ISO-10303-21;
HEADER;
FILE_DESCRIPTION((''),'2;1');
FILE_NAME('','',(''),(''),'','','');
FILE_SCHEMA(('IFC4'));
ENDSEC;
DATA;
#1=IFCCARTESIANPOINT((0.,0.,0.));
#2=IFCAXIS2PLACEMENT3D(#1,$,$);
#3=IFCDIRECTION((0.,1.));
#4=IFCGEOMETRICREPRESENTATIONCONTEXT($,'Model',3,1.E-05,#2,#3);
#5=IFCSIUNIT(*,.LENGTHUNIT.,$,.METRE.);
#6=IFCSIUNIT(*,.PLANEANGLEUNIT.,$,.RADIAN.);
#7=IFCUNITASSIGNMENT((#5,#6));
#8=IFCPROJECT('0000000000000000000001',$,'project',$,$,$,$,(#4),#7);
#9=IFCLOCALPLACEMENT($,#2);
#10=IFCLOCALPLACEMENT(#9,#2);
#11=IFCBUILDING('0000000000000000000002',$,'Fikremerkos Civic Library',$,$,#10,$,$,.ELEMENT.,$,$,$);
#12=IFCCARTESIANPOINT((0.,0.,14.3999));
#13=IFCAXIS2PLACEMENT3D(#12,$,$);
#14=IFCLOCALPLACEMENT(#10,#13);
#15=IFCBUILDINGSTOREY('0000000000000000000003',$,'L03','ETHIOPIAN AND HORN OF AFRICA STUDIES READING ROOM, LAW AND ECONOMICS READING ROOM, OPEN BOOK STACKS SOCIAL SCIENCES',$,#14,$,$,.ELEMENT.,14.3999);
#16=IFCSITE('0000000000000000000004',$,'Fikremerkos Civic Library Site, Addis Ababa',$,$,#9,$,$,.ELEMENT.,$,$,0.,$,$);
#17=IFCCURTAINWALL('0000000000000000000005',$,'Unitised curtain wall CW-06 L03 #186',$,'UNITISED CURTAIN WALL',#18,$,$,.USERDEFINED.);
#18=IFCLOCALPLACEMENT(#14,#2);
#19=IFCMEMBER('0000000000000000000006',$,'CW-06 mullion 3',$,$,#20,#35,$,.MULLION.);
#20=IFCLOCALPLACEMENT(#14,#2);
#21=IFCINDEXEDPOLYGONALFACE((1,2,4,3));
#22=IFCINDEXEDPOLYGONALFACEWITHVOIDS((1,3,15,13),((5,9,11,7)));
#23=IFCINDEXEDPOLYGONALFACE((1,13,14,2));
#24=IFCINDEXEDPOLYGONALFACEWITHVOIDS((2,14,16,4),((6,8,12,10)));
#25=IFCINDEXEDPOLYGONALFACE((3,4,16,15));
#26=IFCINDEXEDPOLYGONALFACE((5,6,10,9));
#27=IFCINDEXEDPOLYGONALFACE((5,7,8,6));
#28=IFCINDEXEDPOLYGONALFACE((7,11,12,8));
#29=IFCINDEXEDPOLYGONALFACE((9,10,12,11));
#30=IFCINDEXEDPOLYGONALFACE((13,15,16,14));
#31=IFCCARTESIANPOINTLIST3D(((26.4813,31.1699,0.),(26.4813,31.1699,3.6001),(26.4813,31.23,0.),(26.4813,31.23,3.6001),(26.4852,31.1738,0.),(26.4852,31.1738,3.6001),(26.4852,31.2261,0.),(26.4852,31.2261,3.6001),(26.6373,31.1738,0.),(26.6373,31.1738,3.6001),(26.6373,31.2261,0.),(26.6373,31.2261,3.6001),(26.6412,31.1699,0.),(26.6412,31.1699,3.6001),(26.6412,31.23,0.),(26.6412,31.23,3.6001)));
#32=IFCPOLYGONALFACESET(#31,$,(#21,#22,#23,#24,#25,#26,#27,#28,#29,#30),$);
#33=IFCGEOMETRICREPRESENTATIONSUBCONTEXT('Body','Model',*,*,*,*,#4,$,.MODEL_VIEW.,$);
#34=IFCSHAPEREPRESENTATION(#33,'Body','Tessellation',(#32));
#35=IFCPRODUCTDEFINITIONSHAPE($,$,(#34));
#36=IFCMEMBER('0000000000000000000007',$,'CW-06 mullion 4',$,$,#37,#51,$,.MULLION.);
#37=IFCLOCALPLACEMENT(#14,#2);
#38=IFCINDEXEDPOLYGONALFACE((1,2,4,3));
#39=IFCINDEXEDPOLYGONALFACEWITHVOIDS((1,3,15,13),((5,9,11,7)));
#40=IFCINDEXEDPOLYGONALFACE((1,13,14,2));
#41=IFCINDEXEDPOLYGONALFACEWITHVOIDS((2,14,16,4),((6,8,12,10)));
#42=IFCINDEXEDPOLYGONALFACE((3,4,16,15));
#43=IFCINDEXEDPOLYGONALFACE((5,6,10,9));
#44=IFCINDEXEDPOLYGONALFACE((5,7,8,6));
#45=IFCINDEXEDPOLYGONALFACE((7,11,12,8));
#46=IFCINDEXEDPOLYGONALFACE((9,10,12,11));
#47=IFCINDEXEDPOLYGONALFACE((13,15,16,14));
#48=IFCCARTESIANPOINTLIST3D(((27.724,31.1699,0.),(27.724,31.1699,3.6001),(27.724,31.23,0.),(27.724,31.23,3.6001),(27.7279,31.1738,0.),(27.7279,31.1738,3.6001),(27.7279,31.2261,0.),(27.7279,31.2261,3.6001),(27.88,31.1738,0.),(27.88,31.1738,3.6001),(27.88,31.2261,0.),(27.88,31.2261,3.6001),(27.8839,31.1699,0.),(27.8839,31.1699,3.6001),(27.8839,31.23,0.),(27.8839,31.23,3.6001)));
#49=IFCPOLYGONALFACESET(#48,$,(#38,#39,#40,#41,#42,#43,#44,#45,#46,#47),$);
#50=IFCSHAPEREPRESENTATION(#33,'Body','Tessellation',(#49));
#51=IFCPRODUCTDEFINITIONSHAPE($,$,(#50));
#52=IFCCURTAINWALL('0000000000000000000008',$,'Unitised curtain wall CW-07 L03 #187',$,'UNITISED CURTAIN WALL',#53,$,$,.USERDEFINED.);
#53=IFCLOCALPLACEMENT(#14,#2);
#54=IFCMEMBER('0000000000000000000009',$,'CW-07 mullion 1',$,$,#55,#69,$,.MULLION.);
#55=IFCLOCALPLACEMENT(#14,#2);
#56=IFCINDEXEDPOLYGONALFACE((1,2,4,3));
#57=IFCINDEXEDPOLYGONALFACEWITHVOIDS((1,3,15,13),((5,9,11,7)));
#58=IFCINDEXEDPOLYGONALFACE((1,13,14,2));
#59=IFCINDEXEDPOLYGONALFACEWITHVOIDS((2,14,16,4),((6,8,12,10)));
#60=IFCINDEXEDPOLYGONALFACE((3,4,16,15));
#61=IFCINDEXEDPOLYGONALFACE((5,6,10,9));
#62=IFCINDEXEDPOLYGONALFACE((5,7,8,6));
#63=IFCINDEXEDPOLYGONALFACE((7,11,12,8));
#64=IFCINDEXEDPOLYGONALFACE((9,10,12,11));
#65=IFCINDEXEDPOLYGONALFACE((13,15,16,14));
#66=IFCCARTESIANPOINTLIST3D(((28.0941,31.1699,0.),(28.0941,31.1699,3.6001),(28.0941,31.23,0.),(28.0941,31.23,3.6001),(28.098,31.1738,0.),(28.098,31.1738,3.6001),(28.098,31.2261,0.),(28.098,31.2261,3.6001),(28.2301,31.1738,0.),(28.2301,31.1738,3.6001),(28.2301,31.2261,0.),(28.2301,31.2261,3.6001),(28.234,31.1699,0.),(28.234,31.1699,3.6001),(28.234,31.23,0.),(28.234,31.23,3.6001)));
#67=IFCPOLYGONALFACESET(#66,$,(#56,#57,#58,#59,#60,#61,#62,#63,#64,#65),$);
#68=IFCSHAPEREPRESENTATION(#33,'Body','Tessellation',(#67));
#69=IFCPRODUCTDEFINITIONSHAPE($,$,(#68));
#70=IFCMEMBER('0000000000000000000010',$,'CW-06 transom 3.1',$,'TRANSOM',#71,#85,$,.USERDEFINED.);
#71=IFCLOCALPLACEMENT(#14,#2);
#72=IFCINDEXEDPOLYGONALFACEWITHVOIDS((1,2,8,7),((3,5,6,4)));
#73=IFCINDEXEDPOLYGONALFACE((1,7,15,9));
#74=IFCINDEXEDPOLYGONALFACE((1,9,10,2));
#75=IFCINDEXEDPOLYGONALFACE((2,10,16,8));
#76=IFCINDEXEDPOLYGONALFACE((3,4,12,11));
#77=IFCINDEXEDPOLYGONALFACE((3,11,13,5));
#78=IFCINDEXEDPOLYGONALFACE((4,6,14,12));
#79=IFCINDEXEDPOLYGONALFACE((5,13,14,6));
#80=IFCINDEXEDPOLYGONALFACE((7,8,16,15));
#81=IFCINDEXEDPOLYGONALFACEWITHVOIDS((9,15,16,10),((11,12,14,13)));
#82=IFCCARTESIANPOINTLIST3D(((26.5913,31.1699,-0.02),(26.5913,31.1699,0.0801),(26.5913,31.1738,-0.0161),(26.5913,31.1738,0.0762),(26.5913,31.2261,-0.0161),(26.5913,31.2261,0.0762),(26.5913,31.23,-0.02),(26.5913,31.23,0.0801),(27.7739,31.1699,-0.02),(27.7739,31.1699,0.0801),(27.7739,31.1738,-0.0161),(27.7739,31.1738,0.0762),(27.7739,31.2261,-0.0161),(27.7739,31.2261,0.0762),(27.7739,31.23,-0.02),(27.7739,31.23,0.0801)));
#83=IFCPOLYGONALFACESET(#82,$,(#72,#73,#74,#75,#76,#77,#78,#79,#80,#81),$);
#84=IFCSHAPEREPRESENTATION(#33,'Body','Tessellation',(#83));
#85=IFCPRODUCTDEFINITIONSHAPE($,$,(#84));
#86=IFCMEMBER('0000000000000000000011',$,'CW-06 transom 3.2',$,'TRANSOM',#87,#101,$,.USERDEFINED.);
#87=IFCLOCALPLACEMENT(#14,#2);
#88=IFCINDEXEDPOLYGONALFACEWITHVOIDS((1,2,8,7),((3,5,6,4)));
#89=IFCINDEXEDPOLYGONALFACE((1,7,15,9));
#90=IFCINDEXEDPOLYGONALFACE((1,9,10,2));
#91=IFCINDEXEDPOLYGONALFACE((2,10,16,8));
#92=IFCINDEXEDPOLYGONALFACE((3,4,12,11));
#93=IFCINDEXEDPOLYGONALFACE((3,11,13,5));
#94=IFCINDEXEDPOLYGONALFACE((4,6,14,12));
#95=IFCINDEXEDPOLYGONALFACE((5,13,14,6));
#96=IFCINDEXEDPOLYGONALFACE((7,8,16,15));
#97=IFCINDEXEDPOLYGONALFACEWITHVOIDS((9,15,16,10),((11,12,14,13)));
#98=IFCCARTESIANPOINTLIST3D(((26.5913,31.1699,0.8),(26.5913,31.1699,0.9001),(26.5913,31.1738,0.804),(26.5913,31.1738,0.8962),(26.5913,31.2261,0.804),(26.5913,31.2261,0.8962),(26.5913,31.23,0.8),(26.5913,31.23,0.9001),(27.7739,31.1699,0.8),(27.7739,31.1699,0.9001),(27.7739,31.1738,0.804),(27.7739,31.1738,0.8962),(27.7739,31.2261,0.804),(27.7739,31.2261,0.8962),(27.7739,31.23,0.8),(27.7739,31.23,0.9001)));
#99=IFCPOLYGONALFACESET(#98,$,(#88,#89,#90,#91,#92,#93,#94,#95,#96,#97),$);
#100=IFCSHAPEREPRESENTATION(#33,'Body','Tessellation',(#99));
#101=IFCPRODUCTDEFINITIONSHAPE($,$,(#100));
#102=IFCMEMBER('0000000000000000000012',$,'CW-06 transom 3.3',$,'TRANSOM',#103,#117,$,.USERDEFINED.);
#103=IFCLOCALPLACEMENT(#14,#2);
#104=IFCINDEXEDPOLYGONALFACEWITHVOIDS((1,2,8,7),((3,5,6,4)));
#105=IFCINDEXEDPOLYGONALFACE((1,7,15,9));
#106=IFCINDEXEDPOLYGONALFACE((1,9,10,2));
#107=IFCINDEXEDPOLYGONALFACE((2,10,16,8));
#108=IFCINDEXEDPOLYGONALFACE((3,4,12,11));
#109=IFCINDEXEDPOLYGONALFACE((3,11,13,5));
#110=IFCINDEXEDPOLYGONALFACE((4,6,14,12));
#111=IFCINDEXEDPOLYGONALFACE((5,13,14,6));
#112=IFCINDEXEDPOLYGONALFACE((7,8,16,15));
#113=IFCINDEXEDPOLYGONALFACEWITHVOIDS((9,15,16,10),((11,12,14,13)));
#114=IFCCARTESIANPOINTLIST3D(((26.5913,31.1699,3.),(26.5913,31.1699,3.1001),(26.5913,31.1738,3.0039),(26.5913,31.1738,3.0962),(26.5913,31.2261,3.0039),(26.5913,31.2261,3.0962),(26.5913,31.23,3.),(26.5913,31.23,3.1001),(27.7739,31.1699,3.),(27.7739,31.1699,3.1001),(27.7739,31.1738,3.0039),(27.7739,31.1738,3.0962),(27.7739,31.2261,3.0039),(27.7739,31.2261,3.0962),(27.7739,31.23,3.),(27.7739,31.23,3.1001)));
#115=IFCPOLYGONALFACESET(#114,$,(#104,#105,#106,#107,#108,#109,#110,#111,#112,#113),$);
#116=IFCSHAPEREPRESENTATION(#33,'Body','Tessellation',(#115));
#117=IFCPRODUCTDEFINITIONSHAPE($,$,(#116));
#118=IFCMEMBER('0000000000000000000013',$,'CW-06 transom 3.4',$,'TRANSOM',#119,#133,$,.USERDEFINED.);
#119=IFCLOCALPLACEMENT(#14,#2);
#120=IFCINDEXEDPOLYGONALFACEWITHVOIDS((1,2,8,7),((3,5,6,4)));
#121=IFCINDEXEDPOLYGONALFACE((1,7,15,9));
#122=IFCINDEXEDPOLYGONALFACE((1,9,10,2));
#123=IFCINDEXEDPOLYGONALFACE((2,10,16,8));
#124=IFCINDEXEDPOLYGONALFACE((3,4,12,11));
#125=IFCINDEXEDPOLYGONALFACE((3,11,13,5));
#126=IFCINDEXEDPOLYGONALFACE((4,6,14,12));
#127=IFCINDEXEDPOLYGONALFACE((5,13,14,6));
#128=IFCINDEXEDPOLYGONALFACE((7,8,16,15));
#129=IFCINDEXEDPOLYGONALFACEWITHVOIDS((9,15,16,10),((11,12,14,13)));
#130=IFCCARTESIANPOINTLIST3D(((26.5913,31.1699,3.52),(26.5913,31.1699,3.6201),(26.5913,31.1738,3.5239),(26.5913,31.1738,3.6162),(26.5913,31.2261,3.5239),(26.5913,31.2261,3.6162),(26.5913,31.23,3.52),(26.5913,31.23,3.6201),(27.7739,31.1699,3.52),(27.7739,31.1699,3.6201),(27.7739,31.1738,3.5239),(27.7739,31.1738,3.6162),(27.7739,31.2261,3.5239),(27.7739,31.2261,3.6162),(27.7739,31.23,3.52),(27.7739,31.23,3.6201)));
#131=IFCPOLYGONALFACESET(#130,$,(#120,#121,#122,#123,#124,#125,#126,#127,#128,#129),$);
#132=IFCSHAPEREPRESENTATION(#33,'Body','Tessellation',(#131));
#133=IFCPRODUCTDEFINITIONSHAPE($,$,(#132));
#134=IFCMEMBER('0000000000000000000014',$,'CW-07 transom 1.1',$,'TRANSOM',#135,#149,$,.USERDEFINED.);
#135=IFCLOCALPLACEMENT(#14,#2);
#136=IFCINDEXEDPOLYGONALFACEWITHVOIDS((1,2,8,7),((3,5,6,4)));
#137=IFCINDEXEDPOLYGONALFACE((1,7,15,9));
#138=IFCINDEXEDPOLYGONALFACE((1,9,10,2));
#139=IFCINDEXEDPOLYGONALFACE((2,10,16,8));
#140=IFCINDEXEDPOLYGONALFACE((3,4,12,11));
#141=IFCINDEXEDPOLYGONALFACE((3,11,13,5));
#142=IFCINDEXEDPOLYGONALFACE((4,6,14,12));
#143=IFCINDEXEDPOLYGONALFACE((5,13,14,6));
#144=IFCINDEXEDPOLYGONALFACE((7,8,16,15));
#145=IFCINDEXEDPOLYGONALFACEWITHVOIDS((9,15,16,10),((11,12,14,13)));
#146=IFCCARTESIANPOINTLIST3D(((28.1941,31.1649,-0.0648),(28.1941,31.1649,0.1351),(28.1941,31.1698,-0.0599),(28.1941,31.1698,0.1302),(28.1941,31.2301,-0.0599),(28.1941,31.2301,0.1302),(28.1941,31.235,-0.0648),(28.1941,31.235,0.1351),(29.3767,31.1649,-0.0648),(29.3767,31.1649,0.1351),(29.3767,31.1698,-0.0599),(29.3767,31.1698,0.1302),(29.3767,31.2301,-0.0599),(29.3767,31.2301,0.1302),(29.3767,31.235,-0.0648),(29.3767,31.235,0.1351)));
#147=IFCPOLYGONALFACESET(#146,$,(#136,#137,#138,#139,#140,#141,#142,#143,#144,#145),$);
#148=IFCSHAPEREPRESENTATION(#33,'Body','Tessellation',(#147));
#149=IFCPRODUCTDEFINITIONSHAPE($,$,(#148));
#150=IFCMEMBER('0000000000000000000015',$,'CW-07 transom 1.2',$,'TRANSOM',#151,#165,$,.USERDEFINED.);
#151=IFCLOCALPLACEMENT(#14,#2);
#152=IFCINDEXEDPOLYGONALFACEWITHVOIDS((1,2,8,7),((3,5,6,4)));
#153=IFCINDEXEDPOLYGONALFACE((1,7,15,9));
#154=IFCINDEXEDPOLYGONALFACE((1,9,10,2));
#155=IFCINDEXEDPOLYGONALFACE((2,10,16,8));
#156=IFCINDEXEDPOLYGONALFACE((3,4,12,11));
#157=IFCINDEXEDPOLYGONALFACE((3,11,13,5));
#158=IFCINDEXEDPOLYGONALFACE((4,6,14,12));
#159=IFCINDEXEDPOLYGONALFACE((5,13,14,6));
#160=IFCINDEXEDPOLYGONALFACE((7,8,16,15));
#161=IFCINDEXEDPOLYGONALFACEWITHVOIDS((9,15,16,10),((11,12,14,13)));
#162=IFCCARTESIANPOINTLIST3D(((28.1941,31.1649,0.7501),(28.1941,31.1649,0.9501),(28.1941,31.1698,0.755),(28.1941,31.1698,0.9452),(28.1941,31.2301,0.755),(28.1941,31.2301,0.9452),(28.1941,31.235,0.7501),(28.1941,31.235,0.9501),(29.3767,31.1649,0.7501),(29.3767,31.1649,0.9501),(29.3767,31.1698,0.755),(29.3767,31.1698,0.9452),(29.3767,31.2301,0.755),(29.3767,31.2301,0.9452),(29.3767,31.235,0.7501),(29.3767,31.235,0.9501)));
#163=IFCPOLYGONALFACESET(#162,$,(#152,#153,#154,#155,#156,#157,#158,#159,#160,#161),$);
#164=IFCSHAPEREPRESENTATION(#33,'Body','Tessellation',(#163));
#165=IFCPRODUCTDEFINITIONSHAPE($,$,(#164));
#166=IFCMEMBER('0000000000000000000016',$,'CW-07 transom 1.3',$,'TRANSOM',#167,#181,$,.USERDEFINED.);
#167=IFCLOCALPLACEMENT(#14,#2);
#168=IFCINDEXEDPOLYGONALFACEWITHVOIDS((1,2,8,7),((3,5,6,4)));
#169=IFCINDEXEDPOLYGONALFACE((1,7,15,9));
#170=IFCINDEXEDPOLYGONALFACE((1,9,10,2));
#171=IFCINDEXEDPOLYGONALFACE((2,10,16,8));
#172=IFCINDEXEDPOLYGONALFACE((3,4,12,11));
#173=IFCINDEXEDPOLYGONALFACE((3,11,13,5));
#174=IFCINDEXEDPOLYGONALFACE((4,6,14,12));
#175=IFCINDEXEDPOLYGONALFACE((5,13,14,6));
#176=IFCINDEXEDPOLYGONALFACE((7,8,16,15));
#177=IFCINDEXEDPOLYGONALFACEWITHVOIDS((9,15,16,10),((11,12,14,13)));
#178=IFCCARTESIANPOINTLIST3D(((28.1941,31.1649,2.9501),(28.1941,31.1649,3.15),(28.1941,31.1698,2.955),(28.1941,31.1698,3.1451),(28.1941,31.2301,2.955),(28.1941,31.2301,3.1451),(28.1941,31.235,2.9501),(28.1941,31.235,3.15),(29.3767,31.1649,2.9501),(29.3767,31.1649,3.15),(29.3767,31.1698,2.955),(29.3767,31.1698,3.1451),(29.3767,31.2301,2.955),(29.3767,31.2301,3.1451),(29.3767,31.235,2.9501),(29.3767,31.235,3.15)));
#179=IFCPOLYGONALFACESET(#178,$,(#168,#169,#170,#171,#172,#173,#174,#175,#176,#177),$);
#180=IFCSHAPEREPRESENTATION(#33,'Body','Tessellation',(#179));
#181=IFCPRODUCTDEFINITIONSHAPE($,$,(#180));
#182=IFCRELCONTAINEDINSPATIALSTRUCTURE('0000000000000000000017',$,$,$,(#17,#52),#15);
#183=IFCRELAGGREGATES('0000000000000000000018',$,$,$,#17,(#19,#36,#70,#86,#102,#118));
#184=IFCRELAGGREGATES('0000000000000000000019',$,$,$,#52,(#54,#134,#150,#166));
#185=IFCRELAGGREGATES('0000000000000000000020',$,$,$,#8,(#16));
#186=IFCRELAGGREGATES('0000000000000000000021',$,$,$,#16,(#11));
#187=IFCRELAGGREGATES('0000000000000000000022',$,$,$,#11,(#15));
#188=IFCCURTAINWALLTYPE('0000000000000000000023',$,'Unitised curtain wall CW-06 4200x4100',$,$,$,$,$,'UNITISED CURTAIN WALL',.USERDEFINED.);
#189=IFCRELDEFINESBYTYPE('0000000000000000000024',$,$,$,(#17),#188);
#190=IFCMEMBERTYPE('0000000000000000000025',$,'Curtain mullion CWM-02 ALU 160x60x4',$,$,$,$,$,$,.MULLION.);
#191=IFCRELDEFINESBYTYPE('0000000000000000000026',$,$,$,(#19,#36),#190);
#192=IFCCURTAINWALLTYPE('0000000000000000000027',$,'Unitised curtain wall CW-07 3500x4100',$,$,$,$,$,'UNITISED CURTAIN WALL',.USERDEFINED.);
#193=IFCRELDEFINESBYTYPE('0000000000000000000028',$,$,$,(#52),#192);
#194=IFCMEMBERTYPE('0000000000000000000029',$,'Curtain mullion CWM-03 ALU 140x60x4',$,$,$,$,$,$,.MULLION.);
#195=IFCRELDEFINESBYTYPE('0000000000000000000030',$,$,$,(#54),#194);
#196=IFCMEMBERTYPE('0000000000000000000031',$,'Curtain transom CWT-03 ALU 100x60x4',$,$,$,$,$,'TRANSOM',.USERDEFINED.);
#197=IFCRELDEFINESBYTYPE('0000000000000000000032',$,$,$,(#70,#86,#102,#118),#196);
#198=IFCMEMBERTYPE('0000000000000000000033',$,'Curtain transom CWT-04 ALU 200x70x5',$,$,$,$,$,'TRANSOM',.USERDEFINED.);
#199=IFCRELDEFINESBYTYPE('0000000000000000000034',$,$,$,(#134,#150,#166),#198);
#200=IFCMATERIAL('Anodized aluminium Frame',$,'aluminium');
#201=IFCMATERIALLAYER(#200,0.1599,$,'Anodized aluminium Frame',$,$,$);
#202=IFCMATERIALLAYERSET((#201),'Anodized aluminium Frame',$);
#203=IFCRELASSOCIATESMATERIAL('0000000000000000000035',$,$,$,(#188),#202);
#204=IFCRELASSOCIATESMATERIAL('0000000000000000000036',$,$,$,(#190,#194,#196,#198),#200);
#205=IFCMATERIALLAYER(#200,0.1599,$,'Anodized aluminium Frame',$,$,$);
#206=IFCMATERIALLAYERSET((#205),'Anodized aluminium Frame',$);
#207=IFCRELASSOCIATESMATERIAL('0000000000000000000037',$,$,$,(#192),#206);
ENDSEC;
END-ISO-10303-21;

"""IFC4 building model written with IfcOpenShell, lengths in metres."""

from ifc_helpers import new_model, si_unit, direction, frame, origin, origin_2d, place, context, subcontext, project, spatial, hollow_rectangle, extrude, material, layer, layer_set, material_profile, profile_set, type_object, element, aggregate, save


model = new_model("IFC4")

# Units and contexts
model_context = context("Model", 3, precision=1e-05, world=origin(), true_north=direction((0.0, 1.0)))
body_context = subcontext(model_context, "Body", "Model", "MODEL_VIEW")
ifc_project = project(units=[si_unit("LENGTHUNIT", "METRE"), si_unit("PLANEANGLEUNIT", "RADIAN")], contexts=[model_context])

# Site, building, storey
site_placement = place(None, origin())
site = spatial("IfcSite", under=ifc_project, at=site_placement, Name="Fikremerkos Civic Library Site, Addis Ababa", CompositionType="ELEMENT", RefElevation=0.0)
building_placement = place(site_placement, origin())
building = spatial("IfcBuilding", under=site, at=building_placement, Name="Fikremerkos Civic Library", CompositionType="ELEMENT")
storey_placement = place(building_placement, frame((0.0, 0.0, 14.3999)))
storey = spatial("IfcBuildingStorey", under=building, at=storey_placement, Name="L03", Description="ETHIOPIAN AND HORN OF AFRICA STUDIES READING ROOM, LAW AND ECONOMICS READING ROOM, OPEN BOOK STACKS SOCIAL SCIENCES", CompositionType="ELEMENT", Elevation=14.3999)

# Curtain wall, members
ifc_material_1 = material(Name="Anodized aluminium Frame", Category="aluminium")
ifc_layer_1 = layer(ifc_material_1, 0.1599, Name="Anodized aluminium Frame")
ifc_layer_set_1 = layer_set([ifc_layer_1], Name="Anodized aluminium Frame")
curtain_wall_type_1 = type_object("IfcCurtainWallType", Name="Unitised curtain wall CW-06 4200x4100", ElementType="UNITISED CURTAIN WALL", PredefinedType="USERDEFINED", material=ifc_layer_set_1)
curtain_wall_1_placement = place(storey_placement, origin())
curtain_wall_1 = element("IfcCurtainWall", 1, at=curtain_wall_1_placement, inside=storey, type_object=curtain_wall_type_1, Name="Unitised curtain wall CW-06 L03 #186", ObjectType="UNITISED CURTAIN WALL", PredefinedType="USERDEFINED")
ifc_material_profile_1 = material_profile(ifc_material_1, hollow_rectangle(XDim=0.0601, YDim=0.1599, WallThickness=0.0039, at=origin_2d()), Name="ALU 160x60x4")
ifc_profile_set_1 = profile_set([ifc_material_profile_1], Name="Anodized aluminium Frame")
member_type_1 = type_object("IfcMemberType", Name="Curtain mullion CWM-02 ALU 160x60x4", PredefinedType="MULLION", material=ifc_profile_set_1)
member_1_placement = place(storey_placement, frame((26.5613, 31.2, 0.0), z_axis=(0.0, 0.0, 1.0), x_axis=(0.0, 1.0, 0.0)))
member_1 = element("IfcMember", 2, at=member_1_placement, type_object=member_type_1, Name="CW-06 mullion 3", PredefinedType="MULLION", context=body_context, shape_type="SweptSolid", body=[
    extrude(hollow_rectangle(XDim=0.0601, YDim=0.1599, WallThickness=0.0039, at=origin_2d()), origin(), (0.0, 0.0, 1.0), 3.6001),
])
member_2_placement = place(storey_placement, frame((27.804, 31.2, 0.0), z_axis=(0.0, 0.0, 1.0), x_axis=(0.0, 1.0, 0.0)))
member_2 = element("IfcMember", 3, at=member_2_placement, type_object=member_type_1, Name="CW-06 mullion 4", PredefinedType="MULLION", context=body_context, shape_type="SweptSolid", body=[
    extrude(hollow_rectangle(XDim=0.0601, YDim=0.1599, WallThickness=0.0039, at=origin_2d()), origin(), (0.0, 0.0, 1.0), 3.6001),
])

# Curtain wall, member
ifc_layer_2 = layer(ifc_material_1, 0.1599, Name="Anodized aluminium Frame")
ifc_layer_set_2 = layer_set([ifc_layer_2], Name="Anodized aluminium Frame")
curtain_wall_type_2 = type_object("IfcCurtainWallType", Name="Unitised curtain wall CW-07 3500x4100", ElementType="UNITISED CURTAIN WALL", PredefinedType="USERDEFINED", material=ifc_layer_set_2)
curtain_wall_2_placement = place(storey_placement, origin())
curtain_wall_2 = element("IfcCurtainWall", 4, at=curtain_wall_2_placement, inside=storey, type_object=curtain_wall_type_2, Name="Unitised curtain wall CW-07 L03 #187", ObjectType="UNITISED CURTAIN WALL", PredefinedType="USERDEFINED")
ifc_material_profile_2 = material_profile(ifc_material_1, hollow_rectangle(XDim=0.0601, YDim=0.1399, WallThickness=0.0039, at=origin_2d()), Name="ALU 140x60x4")
ifc_profile_set_2 = profile_set([ifc_material_profile_2], Name="Anodized aluminium Frame")
member_type_2 = type_object("IfcMemberType", Name="Curtain mullion CWM-03 ALU 140x60x4", PredefinedType="MULLION", material=ifc_profile_set_2)
member_3_placement = place(storey_placement, frame((28.1641, 31.2, 0.0), z_axis=(0.0, 0.0, 1.0), x_axis=(0.0, 1.0, 0.0)))
member_3 = element("IfcMember", 5, at=member_3_placement, type_object=member_type_2, Name="CW-07 mullion 1", PredefinedType="MULLION", context=body_context, shape_type="SweptSolid", body=[
    extrude(hollow_rectangle(XDim=0.0601, YDim=0.1399, WallThickness=0.0039, at=origin_2d()), origin(), (0.0, 0.0, 1.0), 3.6001),
])

# Members
ifc_material_profile_3 = material_profile(ifc_material_1, hollow_rectangle(XDim=0.0601, YDim=0.1001, WallThickness=0.0039, at=origin_2d()), Name="ALU 100x60x4")
ifc_profile_set_3 = profile_set([ifc_material_profile_3], Name="Anodized aluminium Frame")
member_type_3 = type_object("IfcMemberType", Name="Curtain transom CWT-03 ALU 100x60x4", ElementType="TRANSOM", PredefinedType="USERDEFINED", material=ifc_profile_set_3)
member_4_placement = place(storey_placement, frame((26.5913, 31.2, 0.03), z_axis=(1.0, 0.0, 0.0), x_axis=(0.0, 1.0, 0.0)))
member_4 = element("IfcMember", 6, at=member_4_placement, type_object=member_type_3, Name="CW-06 transom 3.1", ObjectType="TRANSOM", PredefinedType="USERDEFINED", context=body_context, shape_type="SweptSolid", body=[
    extrude(hollow_rectangle(XDim=0.0601, YDim=0.1001, WallThickness=0.0039, at=origin_2d()), origin(), (0.0, 0.0, 1.0), 1.1826),
])
member_5_placement = place(storey_placement, frame((26.5913, 31.2, 0.8501), z_axis=(1.0, 0.0, 0.0), x_axis=(0.0, 1.0, 0.0)))
member_5 = element("IfcMember", 7, at=member_5_placement, type_object=member_type_3, Name="CW-06 transom 3.2", ObjectType="TRANSOM", PredefinedType="USERDEFINED", context=body_context, shape_type="SweptSolid", body=[
    extrude(hollow_rectangle(XDim=0.0601, YDim=0.1001, WallThickness=0.0039, at=origin_2d()), origin(), (0.0, 0.0, 1.0), 1.1826),
])
member_6_placement = place(storey_placement, frame((26.5913, 31.2, 3.05), z_axis=(1.0, 0.0, 0.0), x_axis=(0.0, 1.0, 0.0)))
member_6 = element("IfcMember", 8, at=member_6_placement, type_object=member_type_3, Name="CW-06 transom 3.3", ObjectType="TRANSOM", PredefinedType="USERDEFINED", context=body_context, shape_type="SweptSolid", body=[
    extrude(hollow_rectangle(XDim=0.0601, YDim=0.1001, WallThickness=0.0039, at=origin_2d()), origin(), (0.0, 0.0, 1.0), 1.1826),
])
member_7_placement = place(storey_placement, frame((26.5913, 31.2, 3.5701), z_axis=(1.0, 0.0, 0.0), x_axis=(0.0, 1.0, 0.0)))
member_7 = element("IfcMember", 9, at=member_7_placement, type_object=member_type_3, Name="CW-06 transom 3.4", ObjectType="TRANSOM", PredefinedType="USERDEFINED", context=body_context, shape_type="SweptSolid", body=[
    extrude(hollow_rectangle(XDim=0.0601, YDim=0.1001, WallThickness=0.0039, at=origin_2d()), origin(), (0.0, 0.0, 1.0), 1.1826),
])
ifc_material_profile_4 = material_profile(ifc_material_1, hollow_rectangle(XDim=0.0701, YDim=0.2, WallThickness=0.0049, at=origin_2d()), Name="ALU 200x70x5")
ifc_profile_set_4 = profile_set([ifc_material_profile_4], Name="Anodized aluminium Frame")
member_type_4 = type_object("IfcMemberType", Name="Curtain transom CWT-04 ALU 200x70x5", ElementType="TRANSOM", PredefinedType="USERDEFINED", material=ifc_profile_set_4)
member_8_placement = place(storey_placement, frame((28.1941, 31.2, 0.0352), z_axis=(1.0, 0.0, 0.0), x_axis=(0.0, 1.0, 0.0)))
member_8 = element("IfcMember", 10, at=member_8_placement, type_object=member_type_4, Name="CW-07 transom 1.1", ObjectType="TRANSOM", PredefinedType="USERDEFINED", context=body_context, shape_type="SweptSolid", body=[
    extrude(hollow_rectangle(XDim=0.0701, YDim=0.2, WallThickness=0.0049, at=origin_2d()), origin(), (0.0, 0.0, 1.0), 1.1826),
])
member_9_placement = place(storey_placement, frame((28.1941, 31.2, 0.8501), z_axis=(1.0, 0.0, 0.0), x_axis=(0.0, 1.0, 0.0)))
member_9 = element("IfcMember", 11, at=member_9_placement, type_object=member_type_4, Name="CW-07 transom 1.2", ObjectType="TRANSOM", PredefinedType="USERDEFINED", context=body_context, shape_type="SweptSolid", body=[
    extrude(hollow_rectangle(XDim=0.0701, YDim=0.2, WallThickness=0.0049, at=origin_2d()), origin(), (0.0, 0.0, 1.0), 1.1826),
])
member_10_placement = place(storey_placement, frame((28.1941, 31.2, 3.05), z_axis=(1.0, 0.0, 0.0), x_axis=(0.0, 1.0, 0.0)))
member_10 = element("IfcMember", 12, at=member_10_placement, type_object=member_type_4, Name="CW-07 transom 1.3", ObjectType="TRANSOM", PredefinedType="USERDEFINED", context=body_context, shape_type="SweptSolid", body=[
    extrude(hollow_rectangle(XDim=0.0701, YDim=0.2, WallThickness=0.0049, at=origin_2d()), origin(), (0.0, 0.0, 1.0), 1.1826),
])

aggregate(curtain_wall_1, [member_1, member_2, member_4, member_5, member_6, member_7])
aggregate(curtain_wall_2, [member_3, member_8, member_9, member_10])

save(model, "model.ifc")
